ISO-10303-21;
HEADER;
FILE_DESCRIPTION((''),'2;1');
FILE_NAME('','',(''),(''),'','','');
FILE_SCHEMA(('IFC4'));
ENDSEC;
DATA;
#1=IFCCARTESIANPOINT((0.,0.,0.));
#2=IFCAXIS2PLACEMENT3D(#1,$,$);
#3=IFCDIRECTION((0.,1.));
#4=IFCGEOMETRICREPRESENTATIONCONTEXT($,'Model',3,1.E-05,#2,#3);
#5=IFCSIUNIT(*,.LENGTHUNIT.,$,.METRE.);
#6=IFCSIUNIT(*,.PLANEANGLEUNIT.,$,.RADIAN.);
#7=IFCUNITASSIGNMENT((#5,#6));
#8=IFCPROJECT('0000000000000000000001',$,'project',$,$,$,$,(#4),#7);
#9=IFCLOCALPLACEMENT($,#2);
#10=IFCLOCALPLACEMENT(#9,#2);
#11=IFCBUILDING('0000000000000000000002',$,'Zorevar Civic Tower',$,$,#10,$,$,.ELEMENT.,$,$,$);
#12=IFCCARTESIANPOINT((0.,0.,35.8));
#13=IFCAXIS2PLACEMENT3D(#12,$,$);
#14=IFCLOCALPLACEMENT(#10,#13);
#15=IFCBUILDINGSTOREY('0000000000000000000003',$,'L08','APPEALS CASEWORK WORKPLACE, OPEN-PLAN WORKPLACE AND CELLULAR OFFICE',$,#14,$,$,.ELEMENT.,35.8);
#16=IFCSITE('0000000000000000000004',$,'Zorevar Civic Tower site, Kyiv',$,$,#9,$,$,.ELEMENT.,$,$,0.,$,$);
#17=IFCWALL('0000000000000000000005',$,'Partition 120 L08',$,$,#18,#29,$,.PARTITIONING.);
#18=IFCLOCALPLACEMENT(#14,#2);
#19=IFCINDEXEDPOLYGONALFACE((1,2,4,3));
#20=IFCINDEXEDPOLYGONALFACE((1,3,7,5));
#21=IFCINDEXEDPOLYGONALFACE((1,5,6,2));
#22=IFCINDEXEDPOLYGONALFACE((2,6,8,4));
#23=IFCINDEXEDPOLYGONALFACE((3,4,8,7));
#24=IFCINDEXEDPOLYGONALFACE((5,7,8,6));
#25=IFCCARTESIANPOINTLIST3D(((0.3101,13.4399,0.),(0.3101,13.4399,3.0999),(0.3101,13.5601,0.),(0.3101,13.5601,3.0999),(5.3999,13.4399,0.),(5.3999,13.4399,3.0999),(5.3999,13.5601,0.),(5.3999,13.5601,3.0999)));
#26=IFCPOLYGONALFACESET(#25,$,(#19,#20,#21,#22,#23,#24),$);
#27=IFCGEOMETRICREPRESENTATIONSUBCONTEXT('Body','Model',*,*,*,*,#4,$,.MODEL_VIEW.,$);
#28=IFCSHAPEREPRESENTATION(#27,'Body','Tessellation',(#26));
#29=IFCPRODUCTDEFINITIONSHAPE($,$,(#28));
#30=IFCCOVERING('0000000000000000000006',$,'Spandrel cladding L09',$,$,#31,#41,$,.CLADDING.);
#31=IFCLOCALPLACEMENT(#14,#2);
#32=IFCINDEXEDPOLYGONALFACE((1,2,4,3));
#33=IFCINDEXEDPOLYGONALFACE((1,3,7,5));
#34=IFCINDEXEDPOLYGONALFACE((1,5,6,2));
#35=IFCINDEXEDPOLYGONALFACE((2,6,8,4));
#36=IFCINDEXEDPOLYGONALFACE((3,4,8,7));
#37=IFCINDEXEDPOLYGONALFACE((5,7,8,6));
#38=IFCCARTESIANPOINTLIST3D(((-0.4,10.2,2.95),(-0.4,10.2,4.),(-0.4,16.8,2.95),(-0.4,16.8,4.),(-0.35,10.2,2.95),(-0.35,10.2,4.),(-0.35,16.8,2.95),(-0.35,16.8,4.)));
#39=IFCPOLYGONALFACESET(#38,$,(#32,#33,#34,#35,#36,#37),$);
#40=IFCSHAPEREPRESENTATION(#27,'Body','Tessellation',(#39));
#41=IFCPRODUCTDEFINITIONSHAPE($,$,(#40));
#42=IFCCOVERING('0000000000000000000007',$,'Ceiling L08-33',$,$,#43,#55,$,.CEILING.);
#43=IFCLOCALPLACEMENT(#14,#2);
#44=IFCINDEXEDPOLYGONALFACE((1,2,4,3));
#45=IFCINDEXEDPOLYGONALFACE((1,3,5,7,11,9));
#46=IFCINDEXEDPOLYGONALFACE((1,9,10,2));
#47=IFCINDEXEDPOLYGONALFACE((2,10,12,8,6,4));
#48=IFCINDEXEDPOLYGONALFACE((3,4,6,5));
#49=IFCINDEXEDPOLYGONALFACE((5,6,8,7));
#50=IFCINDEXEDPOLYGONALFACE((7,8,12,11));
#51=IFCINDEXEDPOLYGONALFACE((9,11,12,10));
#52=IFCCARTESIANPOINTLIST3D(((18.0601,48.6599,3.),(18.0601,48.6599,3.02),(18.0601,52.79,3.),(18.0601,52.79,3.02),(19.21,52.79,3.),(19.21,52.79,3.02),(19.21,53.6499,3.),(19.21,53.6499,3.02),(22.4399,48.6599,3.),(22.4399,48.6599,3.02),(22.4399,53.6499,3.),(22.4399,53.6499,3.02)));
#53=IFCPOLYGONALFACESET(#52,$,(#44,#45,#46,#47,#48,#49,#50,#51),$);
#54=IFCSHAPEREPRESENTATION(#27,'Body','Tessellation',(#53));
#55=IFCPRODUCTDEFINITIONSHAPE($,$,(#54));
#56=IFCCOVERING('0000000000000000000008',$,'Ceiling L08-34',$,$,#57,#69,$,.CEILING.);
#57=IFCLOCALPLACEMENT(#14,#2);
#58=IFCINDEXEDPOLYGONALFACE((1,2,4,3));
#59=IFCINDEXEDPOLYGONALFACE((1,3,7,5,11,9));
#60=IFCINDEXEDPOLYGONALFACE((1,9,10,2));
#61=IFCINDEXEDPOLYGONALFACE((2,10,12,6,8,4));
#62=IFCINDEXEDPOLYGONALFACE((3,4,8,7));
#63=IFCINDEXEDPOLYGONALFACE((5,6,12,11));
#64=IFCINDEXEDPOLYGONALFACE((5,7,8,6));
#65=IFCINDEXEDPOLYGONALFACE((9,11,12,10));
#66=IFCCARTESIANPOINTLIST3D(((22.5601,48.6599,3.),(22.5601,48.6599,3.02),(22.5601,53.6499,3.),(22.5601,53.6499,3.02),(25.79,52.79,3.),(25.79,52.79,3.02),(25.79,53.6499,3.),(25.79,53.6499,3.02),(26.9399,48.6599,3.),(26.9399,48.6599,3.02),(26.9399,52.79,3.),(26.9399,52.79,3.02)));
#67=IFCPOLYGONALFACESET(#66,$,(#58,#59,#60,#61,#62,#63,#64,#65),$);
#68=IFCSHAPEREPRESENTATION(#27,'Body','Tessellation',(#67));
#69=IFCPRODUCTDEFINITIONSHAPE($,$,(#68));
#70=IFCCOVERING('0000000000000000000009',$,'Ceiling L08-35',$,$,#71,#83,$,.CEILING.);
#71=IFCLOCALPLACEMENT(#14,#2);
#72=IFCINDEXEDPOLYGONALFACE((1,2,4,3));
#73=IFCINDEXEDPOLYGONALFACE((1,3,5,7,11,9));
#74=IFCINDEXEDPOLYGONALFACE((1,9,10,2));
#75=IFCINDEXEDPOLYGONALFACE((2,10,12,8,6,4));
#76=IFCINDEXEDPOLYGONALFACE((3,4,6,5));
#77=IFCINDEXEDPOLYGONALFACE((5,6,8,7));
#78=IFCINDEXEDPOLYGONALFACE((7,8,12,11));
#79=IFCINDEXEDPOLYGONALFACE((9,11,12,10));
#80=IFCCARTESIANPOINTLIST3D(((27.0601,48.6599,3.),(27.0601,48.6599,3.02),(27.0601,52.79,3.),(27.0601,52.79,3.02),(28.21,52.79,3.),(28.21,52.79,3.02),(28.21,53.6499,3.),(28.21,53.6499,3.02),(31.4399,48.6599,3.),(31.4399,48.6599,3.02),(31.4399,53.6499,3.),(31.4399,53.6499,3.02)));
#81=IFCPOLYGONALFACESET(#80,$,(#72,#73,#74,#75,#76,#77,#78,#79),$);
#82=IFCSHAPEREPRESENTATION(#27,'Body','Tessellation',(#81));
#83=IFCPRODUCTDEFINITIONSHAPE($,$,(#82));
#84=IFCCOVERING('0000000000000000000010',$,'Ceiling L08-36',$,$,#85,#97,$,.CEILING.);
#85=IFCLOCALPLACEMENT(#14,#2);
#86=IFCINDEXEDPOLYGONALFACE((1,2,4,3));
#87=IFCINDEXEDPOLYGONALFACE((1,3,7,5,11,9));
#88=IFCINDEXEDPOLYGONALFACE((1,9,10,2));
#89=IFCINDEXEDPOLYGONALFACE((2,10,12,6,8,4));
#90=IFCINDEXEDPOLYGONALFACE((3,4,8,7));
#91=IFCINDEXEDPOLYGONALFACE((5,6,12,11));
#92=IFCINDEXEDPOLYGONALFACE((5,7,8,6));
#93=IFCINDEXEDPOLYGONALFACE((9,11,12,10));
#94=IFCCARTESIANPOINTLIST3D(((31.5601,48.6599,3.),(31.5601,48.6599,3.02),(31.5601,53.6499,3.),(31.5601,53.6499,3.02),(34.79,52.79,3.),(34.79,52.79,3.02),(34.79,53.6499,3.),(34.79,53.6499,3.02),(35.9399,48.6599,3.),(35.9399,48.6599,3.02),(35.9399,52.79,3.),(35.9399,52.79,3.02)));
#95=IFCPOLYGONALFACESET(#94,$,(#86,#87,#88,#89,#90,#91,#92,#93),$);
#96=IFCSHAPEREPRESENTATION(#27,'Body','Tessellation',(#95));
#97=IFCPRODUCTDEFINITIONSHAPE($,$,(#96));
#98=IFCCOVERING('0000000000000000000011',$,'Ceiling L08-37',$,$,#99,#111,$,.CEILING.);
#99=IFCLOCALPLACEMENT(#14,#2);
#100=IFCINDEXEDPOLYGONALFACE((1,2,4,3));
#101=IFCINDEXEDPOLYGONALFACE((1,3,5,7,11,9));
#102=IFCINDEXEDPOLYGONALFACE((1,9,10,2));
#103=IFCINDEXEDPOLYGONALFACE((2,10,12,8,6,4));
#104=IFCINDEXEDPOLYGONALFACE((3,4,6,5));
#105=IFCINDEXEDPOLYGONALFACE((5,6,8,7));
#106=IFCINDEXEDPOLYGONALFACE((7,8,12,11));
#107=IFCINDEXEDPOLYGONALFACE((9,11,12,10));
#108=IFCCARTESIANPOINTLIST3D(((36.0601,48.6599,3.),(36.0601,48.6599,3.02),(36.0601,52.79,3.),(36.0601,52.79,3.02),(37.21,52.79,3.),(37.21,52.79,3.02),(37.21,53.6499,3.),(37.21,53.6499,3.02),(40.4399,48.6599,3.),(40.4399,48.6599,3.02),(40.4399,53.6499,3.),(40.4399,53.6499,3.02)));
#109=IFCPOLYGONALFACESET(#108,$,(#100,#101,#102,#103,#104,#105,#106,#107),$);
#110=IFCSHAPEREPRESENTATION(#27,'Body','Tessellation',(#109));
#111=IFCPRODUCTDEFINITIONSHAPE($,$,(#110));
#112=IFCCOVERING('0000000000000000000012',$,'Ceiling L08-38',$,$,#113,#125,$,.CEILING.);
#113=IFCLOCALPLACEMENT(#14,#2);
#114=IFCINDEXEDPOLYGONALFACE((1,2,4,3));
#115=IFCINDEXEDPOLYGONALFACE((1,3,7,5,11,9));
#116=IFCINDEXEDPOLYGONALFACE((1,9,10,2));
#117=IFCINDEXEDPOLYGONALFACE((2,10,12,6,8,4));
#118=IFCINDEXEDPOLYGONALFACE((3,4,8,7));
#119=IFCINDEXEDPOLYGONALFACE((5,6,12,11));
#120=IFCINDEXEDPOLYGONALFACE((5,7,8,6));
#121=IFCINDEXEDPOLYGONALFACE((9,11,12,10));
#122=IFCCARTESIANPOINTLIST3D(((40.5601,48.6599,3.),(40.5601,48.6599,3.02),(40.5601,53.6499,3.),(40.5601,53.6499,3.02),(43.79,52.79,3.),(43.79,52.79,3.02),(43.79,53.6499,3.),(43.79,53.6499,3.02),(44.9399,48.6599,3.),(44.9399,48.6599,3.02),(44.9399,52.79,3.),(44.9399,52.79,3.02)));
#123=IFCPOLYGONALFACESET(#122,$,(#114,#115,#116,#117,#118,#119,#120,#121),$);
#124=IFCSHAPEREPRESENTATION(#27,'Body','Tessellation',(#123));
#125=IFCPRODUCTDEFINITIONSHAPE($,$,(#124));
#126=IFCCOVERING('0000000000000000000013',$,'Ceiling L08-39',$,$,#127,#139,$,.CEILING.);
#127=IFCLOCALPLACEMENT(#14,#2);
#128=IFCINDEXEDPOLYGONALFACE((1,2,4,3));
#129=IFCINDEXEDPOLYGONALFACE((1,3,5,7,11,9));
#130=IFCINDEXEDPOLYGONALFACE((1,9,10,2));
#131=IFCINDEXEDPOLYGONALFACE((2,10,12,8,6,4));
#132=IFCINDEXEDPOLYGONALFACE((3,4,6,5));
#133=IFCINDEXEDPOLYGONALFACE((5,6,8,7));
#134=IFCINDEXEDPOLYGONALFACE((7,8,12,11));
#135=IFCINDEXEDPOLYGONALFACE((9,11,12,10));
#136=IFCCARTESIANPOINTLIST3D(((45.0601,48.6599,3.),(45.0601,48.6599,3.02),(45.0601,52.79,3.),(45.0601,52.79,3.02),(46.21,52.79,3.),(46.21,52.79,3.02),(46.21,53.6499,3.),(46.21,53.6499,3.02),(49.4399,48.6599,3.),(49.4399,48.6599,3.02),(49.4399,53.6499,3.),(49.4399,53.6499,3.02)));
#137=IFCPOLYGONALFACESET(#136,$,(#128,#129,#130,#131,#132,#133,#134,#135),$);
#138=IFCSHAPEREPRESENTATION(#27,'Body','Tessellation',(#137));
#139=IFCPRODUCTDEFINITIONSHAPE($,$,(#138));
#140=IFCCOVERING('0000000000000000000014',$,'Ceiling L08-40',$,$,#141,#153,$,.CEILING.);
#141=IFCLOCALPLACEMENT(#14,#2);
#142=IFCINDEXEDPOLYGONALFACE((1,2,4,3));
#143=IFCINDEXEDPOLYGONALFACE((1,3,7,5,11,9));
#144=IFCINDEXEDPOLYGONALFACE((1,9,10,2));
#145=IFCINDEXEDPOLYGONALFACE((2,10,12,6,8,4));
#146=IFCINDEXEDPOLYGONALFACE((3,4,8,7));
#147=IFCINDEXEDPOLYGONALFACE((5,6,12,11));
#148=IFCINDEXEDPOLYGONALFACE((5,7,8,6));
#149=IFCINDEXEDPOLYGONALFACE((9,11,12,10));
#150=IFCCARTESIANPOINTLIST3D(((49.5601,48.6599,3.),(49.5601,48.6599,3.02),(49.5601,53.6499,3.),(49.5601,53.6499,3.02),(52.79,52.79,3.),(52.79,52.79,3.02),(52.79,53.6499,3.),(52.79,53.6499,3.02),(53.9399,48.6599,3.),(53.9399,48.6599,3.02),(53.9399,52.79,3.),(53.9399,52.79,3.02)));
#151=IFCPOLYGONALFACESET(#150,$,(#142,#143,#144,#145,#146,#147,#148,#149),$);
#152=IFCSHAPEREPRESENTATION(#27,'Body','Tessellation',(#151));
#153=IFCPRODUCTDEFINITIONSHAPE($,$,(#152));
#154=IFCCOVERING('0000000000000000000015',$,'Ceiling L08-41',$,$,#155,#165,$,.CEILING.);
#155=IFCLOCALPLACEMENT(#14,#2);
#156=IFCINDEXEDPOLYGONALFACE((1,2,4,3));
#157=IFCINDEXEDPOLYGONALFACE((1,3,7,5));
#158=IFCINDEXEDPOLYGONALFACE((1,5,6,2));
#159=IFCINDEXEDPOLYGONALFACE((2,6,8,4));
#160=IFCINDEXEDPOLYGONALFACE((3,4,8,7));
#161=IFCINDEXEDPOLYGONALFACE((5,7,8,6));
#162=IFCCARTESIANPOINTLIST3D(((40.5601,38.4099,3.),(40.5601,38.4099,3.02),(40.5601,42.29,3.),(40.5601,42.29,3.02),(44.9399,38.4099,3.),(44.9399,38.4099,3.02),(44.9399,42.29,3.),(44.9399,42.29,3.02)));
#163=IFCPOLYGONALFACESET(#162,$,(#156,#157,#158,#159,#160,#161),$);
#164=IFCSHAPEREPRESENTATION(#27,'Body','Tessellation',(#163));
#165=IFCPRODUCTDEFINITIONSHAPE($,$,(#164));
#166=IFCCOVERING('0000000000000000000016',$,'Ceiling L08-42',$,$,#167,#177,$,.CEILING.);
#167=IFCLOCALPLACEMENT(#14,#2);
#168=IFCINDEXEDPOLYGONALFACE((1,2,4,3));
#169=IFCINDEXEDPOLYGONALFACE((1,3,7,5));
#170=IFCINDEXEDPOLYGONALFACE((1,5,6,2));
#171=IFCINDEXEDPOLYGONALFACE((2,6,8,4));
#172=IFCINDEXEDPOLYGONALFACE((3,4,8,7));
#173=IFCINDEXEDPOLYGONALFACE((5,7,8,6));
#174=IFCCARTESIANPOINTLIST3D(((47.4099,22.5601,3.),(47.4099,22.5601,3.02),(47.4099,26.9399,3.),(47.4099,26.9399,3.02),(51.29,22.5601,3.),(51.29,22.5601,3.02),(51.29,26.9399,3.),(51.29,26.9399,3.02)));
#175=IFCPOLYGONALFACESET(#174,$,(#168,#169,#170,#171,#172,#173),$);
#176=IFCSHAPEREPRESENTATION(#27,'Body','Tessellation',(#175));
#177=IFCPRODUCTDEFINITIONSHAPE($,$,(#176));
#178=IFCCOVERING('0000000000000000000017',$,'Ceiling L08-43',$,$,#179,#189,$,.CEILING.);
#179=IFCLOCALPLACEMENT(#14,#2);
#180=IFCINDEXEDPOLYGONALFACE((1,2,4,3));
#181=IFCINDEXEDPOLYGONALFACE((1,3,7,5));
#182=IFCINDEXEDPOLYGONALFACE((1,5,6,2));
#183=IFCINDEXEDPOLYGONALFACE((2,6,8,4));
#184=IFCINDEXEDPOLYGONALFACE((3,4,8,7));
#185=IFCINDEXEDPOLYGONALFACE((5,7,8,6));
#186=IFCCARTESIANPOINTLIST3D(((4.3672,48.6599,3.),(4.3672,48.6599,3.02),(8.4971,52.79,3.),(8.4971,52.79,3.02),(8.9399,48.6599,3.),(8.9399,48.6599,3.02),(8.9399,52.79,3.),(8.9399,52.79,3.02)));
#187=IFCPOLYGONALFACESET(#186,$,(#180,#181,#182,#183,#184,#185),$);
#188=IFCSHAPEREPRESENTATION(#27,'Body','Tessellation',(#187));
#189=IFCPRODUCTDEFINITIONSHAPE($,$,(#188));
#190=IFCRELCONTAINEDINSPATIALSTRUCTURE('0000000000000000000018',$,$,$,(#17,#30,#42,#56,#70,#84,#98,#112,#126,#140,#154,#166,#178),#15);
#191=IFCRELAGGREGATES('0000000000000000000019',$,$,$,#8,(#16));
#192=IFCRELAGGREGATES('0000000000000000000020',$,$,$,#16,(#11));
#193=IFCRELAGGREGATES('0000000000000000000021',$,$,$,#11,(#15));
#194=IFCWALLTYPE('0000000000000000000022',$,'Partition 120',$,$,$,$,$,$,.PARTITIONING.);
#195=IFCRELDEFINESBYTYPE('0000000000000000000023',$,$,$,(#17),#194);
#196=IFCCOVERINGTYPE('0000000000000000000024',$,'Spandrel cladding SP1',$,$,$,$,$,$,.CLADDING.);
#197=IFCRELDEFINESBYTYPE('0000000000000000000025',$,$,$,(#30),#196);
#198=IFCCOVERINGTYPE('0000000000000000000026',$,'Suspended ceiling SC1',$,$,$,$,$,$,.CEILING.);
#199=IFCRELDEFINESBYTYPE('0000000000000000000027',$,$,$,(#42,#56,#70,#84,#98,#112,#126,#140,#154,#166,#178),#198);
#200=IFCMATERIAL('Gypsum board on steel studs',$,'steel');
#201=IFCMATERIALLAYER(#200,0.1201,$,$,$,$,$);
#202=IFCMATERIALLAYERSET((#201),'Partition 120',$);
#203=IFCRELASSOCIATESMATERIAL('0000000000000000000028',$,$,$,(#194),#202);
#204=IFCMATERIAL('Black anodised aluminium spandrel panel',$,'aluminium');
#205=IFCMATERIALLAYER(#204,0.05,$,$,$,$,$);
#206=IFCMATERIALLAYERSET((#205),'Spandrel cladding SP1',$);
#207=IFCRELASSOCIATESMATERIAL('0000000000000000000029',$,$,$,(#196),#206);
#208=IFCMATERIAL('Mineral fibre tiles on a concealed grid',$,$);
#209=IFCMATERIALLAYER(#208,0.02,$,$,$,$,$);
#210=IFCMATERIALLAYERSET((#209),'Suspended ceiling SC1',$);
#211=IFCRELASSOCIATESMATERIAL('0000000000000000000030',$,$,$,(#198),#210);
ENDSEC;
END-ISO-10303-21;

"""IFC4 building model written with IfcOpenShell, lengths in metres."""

from ifc_helpers import new_model, si_unit, direction, frame, frame_2d, origin, place, context, subcontext, project, spatial, polyline, rectangle, outline, extrude, material, layer, layer_set, type_object, element, save


model = new_model("IFC4")

# Units and contexts
model_context = context("Model", 3, precision=1e-05, world=origin(), true_north=direction((0.0, 1.0)))
body_context = subcontext(model_context, "Body", "Model", "MODEL_VIEW")
ifc_project = project(units=[si_unit("LENGTHUNIT", "METRE"), si_unit("PLANEANGLEUNIT", "RADIAN")], contexts=[model_context])

# Site, building, storey
site_placement = place(None, origin())
site = spatial("IfcSite", under=ifc_project, at=site_placement, Name="Zorevar Civic Tower site, Kyiv", CompositionType="ELEMENT", RefElevation=0.0)
building_placement = place(site_placement, origin())
building = spatial("IfcBuilding", under=site, at=building_placement, Name="Zorevar Civic Tower", CompositionType="ELEMENT")
storey_placement = place(building_placement, frame((0.0, 0.0, 35.8)))
storey = spatial("IfcBuildingStorey", under=building, at=storey_placement, Name="L08", Description="APPEALS CASEWORK WORKPLACE, OPEN-PLAN WORKPLACE AND CELLULAR OFFICE", CompositionType="ELEMENT", Elevation=35.8)

# Wall
ifc_material_1 = material(Name="Gypsum board on steel studs", Category="steel")
ifc_layer_1 = layer(ifc_material_1, 0.1201)
ifc_layer_set_1 = layer_set([ifc_layer_1], Name="Partition 120")
wall_type = type_object("IfcWallType", Name="Partition 120", PredefinedType="PARTITIONING", material=ifc_layer_set_1)
wall_placement = place(storey_placement, frame((0.3101, 13.5, 0.0), z_axis=(0.0, 0.0, 1.0), x_axis=(1.0, 0.0, 0.0)))
element("IfcWall", 1, at=wall_placement, inside=storey, type_object=wall_type, Name="Partition 120 L08", PredefinedType="PARTITIONING", context=body_context, shape_type="SweptSolid", body=[
    extrude(rectangle(XDim=5.0898, YDim=0.1201, at=frame_2d((2.5449, 0.0))), origin(), (0.0, 0.0, 1.0), 3.0999),
])

# Coverings
ifc_material_2 = material(Name="Black anodised aluminium spandrel panel", Category="aluminium")
ifc_layer_2 = layer(ifc_material_2, 0.05)
ifc_layer_set_2 = layer_set([ifc_layer_2], Name="Spandrel cladding SP1")
covering_type_1 = type_object("IfcCoveringType", Name="Spandrel cladding SP1", PredefinedType="CLADDING", material=ifc_layer_set_2)
covering_1_placement = place(storey_placement, frame((-0.375, 10.2, 2.95), z_axis=(0.0, 0.0, 1.0), x_axis=(0.0, 1.0, 0.0)))
element("IfcCovering", 2, at=covering_1_placement, inside=storey, type_object=covering_type_1, Name="Spandrel cladding L09", PredefinedType="CLADDING", context=body_context, shape_type="SweptSolid", body=[
    extrude(rectangle(XDim=6.6001, YDim=0.05, at=frame_2d((3.3, 0.0))), origin(), (0.0, 0.0, 1.0), 1.05),
])
ifc_material_3 = material(Name="Mineral fibre tiles on a concealed grid")
ifc_layer_3 = layer(ifc_material_3, 0.02)
ifc_layer_set_3 = layer_set([ifc_layer_3], Name="Suspended ceiling SC1")
covering_type_2 = type_object("IfcCoveringType", Name="Suspended ceiling SC1", PredefinedType="CEILING", material=ifc_layer_set_3)
covering_2_placement = place(storey_placement, frame((0.0, 0.0, 3.0)))
element("IfcCovering", 3, at=covering_2_placement, inside=storey, type_object=covering_type_2, Name="Ceiling L08-33", PredefinedType="CEILING", context=body_context, shape_type="SweptSolid", body=[
    extrude(outline(polyline([(18.0601, 48.6599), (18.0601, 52.79), (19.21, 52.79), (19.21, 53.6499), (22.4399, 53.6499), (22.4399, 48.6599), (18.0601, 48.6599)])), origin(), (0.0, 0.0, 1.0), 0.02),
])
covering_3_placement = place(storey_placement, frame((0.0, 0.0, 3.0)))
element("IfcCovering", 4, at=covering_3_placement, inside=storey, type_object=covering_type_2, Name="Ceiling L08-34", PredefinedType="CEILING", context=body_context, shape_type="SweptSolid", body=[
    extrude(outline(polyline([(22.5601, 48.6599), (22.5601, 53.6499), (25.79, 53.6499), (25.79, 52.79), (26.9399, 52.79), (26.9399, 48.6599), (22.5601, 48.6599)])), origin(), (0.0, 0.0, 1.0), 0.02),
])
covering_4_placement = place(storey_placement, frame((0.0, 0.0, 3.0)))
element("IfcCovering", 5, at=covering_4_placement, inside=storey, type_object=covering_type_2, Name="Ceiling L08-35", PredefinedType="CEILING", context=body_context, shape_type="SweptSolid", body=[
    extrude(outline(polyline([(27.0601, 48.6599), (27.0601, 52.79), (28.21, 52.79), (28.21, 53.6499), (31.4399, 53.6499), (31.4399, 48.6599), (27.0601, 48.6599)])), origin(), (0.0, 0.0, 1.0), 0.02),
])
covering_5_placement = place(storey_placement, frame((0.0, 0.0, 3.0)))
element("IfcCovering", 6, at=covering_5_placement, inside=storey, type_object=covering_type_2, Name="Ceiling L08-36", PredefinedType="CEILING", context=body_context, shape_type="SweptSolid", body=[
    extrude(outline(polyline([(31.5601, 48.6599), (31.5601, 53.6499), (34.79, 53.6499), (34.79, 52.79), (35.9399, 52.79), (35.9399, 48.6599), (31.5601, 48.6599)])), origin(), (0.0, 0.0, 1.0), 0.02),
])
covering_6_placement = place(storey_placement, frame((0.0, 0.0, 3.0)))
element("IfcCovering", 7, at=covering_6_placement, inside=storey, type_object=covering_type_2, Name="Ceiling L08-37", PredefinedType="CEILING", context=body_context, shape_type="SweptSolid", body=[
    extrude(outline(polyline([(36.0601, 48.6599), (36.0601, 52.79), (37.21, 52.79), (37.21, 53.6499), (40.4399, 53.6499), (40.4399, 48.6599), (36.0601, 48.6599)])), origin(), (0.0, 0.0, 1.0), 0.02),
])
covering_7_placement = place(storey_placement, frame((0.0, 0.0, 3.0)))
element("IfcCovering", 8, at=covering_7_placement, inside=storey, type_object=covering_type_2, Name="Ceiling L08-38", PredefinedType="CEILING", context=body_context, shape_type="SweptSolid", body=[
    extrude(outline(polyline([(40.5601, 48.6599), (40.5601, 53.6499), (43.79, 53.6499), (43.79, 52.79), (44.9399, 52.79), (44.9399, 48.6599), (40.5601, 48.6599)])), origin(), (0.0, 0.0, 1.0), 0.02),
])
covering_8_placement = place(storey_placement, frame((0.0, 0.0, 3.0)))
element("IfcCovering", 9, at=covering_8_placement, inside=storey, type_object=covering_type_2, Name="Ceiling L08-39", PredefinedType="CEILING", context=body_context, shape_type="SweptSolid", body=[
    extrude(outline(polyline([(45.0601, 48.6599), (45.0601, 52.79), (46.21, 52.79), (46.21, 53.6499), (49.4399, 53.6499), (49.4399, 48.6599), (45.0601, 48.6599)])), origin(), (0.0, 0.0, 1.0), 0.02),
])
covering_9_placement = place(storey_placement, frame((0.0, 0.0, 3.0)))
element("IfcCovering", 10, at=covering_9_placement, inside=storey, type_object=covering_type_2, Name="Ceiling L08-40", PredefinedType="CEILING", context=body_context, shape_type="SweptSolid", body=[
    extrude(outline(polyline([(49.5601, 48.6599), (49.5601, 53.6499), (52.79, 53.6499), (52.79, 52.79), (53.9399, 52.79), (53.9399, 48.6599), (49.5601, 48.6599)])), origin(), (0.0, 0.0, 1.0), 0.02),
])
covering_10_placement = place(storey_placement, frame((0.0, 0.0, 3.0)))
element("IfcCovering", 11, at=covering_10_placement, inside=storey, type_object=covering_type_2, Name="Ceiling L08-41", PredefinedType="CEILING", context=body_context, shape_type="SweptSolid", body=[
    extrude(outline(polyline([(44.9399, 38.4099), (40.5601, 38.4099), (40.5601, 42.29), (44.9399, 42.29), (44.9399, 38.4099)])), origin(), (0.0, 0.0, 1.0), 0.02),
])
covering_11_placement = place(storey_placement, frame((0.0, 0.0, 3.0)))
element("IfcCovering", 12, at=covering_11_placement, inside=storey, type_object=covering_type_2, Name="Ceiling L08-42", PredefinedType="CEILING", context=body_context, shape_type="SweptSolid", body=[
    extrude(outline(polyline([(47.4099, 22.5601), (47.4099, 26.9399), (51.29, 26.9399), (51.29, 22.5601), (47.4099, 22.5601)])), origin(), (0.0, 0.0, 1.0), 0.02),
])
covering_12_placement = place(storey_placement, frame((0.0, 0.0, 3.0)))
element("IfcCovering", 13, at=covering_12_placement, inside=storey, type_object=covering_type_2, Name="Ceiling L08-43", PredefinedType="CEILING", context=body_context, shape_type="SweptSolid", body=[
    extrude(outline(polyline([(8.9399, 52.79), (8.9399, 48.6599), (4.3672, 48.6599), (8.4971, 52.79), (8.9399, 52.79)])), origin(), (0.0, 0.0, 1.0), 0.02),
])

save(model, "model.ifc")
